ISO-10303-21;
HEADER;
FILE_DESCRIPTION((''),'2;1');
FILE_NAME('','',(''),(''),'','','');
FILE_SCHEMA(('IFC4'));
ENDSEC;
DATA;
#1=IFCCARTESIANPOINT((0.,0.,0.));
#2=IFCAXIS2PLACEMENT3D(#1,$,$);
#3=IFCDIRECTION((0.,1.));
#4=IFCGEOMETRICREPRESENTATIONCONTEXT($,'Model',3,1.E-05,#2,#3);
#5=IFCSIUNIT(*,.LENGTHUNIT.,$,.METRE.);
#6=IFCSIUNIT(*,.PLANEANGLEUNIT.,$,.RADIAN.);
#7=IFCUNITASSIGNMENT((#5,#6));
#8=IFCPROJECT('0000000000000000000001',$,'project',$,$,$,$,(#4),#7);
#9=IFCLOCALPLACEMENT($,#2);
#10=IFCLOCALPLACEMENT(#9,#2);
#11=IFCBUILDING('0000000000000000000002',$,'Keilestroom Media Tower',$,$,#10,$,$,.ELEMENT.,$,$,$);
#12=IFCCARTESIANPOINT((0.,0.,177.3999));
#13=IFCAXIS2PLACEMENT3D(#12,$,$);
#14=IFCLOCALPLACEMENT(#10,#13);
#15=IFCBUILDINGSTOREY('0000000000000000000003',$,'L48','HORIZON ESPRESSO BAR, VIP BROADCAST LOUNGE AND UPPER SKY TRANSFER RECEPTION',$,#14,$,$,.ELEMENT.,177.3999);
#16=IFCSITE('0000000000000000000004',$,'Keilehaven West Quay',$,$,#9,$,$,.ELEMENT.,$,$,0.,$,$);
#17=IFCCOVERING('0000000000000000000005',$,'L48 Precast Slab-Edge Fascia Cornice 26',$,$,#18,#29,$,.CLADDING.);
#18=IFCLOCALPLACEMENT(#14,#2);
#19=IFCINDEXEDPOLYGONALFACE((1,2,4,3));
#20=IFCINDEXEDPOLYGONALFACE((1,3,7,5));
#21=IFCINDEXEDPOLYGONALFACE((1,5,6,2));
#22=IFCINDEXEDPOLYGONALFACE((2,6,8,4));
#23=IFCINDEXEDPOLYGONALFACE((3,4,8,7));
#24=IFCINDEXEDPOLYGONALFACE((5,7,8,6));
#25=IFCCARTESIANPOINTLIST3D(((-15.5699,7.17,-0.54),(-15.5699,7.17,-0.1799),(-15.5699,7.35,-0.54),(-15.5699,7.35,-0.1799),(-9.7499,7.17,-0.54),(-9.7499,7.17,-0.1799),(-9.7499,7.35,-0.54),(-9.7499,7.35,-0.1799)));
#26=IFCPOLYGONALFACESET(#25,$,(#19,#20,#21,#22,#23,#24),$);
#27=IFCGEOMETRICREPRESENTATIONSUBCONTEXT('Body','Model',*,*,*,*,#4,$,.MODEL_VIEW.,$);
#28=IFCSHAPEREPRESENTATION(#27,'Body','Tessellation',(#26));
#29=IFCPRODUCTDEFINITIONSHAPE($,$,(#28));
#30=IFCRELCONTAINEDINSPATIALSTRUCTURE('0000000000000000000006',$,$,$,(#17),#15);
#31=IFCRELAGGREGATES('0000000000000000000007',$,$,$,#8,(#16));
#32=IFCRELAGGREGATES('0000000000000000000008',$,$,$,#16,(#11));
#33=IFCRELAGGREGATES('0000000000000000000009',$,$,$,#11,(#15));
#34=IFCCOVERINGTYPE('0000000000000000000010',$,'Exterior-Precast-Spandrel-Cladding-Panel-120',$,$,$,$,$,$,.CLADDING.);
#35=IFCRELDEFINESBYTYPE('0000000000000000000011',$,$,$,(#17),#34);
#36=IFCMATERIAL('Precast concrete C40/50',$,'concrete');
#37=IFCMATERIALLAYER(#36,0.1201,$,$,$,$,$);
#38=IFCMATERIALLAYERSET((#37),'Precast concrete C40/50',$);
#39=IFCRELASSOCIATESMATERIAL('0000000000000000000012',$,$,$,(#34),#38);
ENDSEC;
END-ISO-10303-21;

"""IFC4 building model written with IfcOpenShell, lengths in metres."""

from ifc_helpers import new_model, si_unit, direction, frame, origin, origin_2d, place, context, subcontext, project, spatial, rectangle, extrude, source, transform, mapped, material, layer, layer_set, type_object, element, save


model = new_model("IFC4")

# Units and contexts
model_context = context("Model", 3, precision=1e-05, world=origin(), true_north=direction((0.0, 1.0)))
body_context = subcontext(model_context, "Body", "Model", "MODEL_VIEW")
ifc_project = project(units=[si_unit("LENGTHUNIT", "METRE"), si_unit("PLANEANGLEUNIT", "RADIAN")], contexts=[model_context])

# Site, building, storey
site_placement = place(None, origin())
site = spatial("IfcSite", under=ifc_project, at=site_placement, Name="Keilehaven West Quay", CompositionType="ELEMENT", RefElevation=0.0)
building_placement = place(site_placement, origin())
building = spatial("IfcBuilding", under=site, at=building_placement, Name="Keilestroom Media Tower", CompositionType="ELEMENT")
storey_placement = place(building_placement, frame((0.0, 0.0, 177.3999)))
storey = spatial("IfcBuildingStorey", under=building, at=storey_placement, Name="L48", Description="HORIZON ESPRESSO BAR, VIP BROADCAST LOUNGE AND UPPER SKY TRANSFER RECEPTION", CompositionType="ELEMENT", Elevation=177.3999)

# Shared definitions
ifc_material_1 = material(Name="Precast concrete C40/50", Category="concrete")

# Covering
ifc_layer_1 = layer(ifc_material_1, 0.1201)
ifc_layer_set_1 = layer_set([ifc_layer_1], Name="Precast concrete C40/50")
covering_type = type_object("IfcCoveringType", Name="Exterior-Precast-Spandrel-Cladding-Panel-120", PredefinedType="CLADDING", material=ifc_layer_set_1)
shared_shape_1 = source(origin(), body_context, "Body", "SweptSolid", [
    extrude(rectangle(XDim=5.8201, YDim=0.1799, at=origin_2d()), origin(), (0.0, 0.0, 1.0), 0.3601),
])
covering_1_placement = place(storey_placement, frame((-12.6599, 7.26, -0.54), z_axis=(0.0, 0.0, 1.0), x_axis=(1.0, 0.0, 0.0)))
element("IfcCovering", 1, at=covering_1_placement, inside=storey, type_object=covering_type, Name="L48 Precast Slab-Edge Fascia Cornice 26", PredefinedType="CLADDING", context=body_context, shape_type="MappedRepresentation", body=[
    mapped(shared_shape_1, transform((0.0, 0.0, 0.0), x_axis=(1.0, 0.0, 0.0), y_axis=(0.0, 1.0, 0.0), z_axis=(0.0, 0.0, 1.0), scale=1.0)),
])

save(model, "model.ifc")
